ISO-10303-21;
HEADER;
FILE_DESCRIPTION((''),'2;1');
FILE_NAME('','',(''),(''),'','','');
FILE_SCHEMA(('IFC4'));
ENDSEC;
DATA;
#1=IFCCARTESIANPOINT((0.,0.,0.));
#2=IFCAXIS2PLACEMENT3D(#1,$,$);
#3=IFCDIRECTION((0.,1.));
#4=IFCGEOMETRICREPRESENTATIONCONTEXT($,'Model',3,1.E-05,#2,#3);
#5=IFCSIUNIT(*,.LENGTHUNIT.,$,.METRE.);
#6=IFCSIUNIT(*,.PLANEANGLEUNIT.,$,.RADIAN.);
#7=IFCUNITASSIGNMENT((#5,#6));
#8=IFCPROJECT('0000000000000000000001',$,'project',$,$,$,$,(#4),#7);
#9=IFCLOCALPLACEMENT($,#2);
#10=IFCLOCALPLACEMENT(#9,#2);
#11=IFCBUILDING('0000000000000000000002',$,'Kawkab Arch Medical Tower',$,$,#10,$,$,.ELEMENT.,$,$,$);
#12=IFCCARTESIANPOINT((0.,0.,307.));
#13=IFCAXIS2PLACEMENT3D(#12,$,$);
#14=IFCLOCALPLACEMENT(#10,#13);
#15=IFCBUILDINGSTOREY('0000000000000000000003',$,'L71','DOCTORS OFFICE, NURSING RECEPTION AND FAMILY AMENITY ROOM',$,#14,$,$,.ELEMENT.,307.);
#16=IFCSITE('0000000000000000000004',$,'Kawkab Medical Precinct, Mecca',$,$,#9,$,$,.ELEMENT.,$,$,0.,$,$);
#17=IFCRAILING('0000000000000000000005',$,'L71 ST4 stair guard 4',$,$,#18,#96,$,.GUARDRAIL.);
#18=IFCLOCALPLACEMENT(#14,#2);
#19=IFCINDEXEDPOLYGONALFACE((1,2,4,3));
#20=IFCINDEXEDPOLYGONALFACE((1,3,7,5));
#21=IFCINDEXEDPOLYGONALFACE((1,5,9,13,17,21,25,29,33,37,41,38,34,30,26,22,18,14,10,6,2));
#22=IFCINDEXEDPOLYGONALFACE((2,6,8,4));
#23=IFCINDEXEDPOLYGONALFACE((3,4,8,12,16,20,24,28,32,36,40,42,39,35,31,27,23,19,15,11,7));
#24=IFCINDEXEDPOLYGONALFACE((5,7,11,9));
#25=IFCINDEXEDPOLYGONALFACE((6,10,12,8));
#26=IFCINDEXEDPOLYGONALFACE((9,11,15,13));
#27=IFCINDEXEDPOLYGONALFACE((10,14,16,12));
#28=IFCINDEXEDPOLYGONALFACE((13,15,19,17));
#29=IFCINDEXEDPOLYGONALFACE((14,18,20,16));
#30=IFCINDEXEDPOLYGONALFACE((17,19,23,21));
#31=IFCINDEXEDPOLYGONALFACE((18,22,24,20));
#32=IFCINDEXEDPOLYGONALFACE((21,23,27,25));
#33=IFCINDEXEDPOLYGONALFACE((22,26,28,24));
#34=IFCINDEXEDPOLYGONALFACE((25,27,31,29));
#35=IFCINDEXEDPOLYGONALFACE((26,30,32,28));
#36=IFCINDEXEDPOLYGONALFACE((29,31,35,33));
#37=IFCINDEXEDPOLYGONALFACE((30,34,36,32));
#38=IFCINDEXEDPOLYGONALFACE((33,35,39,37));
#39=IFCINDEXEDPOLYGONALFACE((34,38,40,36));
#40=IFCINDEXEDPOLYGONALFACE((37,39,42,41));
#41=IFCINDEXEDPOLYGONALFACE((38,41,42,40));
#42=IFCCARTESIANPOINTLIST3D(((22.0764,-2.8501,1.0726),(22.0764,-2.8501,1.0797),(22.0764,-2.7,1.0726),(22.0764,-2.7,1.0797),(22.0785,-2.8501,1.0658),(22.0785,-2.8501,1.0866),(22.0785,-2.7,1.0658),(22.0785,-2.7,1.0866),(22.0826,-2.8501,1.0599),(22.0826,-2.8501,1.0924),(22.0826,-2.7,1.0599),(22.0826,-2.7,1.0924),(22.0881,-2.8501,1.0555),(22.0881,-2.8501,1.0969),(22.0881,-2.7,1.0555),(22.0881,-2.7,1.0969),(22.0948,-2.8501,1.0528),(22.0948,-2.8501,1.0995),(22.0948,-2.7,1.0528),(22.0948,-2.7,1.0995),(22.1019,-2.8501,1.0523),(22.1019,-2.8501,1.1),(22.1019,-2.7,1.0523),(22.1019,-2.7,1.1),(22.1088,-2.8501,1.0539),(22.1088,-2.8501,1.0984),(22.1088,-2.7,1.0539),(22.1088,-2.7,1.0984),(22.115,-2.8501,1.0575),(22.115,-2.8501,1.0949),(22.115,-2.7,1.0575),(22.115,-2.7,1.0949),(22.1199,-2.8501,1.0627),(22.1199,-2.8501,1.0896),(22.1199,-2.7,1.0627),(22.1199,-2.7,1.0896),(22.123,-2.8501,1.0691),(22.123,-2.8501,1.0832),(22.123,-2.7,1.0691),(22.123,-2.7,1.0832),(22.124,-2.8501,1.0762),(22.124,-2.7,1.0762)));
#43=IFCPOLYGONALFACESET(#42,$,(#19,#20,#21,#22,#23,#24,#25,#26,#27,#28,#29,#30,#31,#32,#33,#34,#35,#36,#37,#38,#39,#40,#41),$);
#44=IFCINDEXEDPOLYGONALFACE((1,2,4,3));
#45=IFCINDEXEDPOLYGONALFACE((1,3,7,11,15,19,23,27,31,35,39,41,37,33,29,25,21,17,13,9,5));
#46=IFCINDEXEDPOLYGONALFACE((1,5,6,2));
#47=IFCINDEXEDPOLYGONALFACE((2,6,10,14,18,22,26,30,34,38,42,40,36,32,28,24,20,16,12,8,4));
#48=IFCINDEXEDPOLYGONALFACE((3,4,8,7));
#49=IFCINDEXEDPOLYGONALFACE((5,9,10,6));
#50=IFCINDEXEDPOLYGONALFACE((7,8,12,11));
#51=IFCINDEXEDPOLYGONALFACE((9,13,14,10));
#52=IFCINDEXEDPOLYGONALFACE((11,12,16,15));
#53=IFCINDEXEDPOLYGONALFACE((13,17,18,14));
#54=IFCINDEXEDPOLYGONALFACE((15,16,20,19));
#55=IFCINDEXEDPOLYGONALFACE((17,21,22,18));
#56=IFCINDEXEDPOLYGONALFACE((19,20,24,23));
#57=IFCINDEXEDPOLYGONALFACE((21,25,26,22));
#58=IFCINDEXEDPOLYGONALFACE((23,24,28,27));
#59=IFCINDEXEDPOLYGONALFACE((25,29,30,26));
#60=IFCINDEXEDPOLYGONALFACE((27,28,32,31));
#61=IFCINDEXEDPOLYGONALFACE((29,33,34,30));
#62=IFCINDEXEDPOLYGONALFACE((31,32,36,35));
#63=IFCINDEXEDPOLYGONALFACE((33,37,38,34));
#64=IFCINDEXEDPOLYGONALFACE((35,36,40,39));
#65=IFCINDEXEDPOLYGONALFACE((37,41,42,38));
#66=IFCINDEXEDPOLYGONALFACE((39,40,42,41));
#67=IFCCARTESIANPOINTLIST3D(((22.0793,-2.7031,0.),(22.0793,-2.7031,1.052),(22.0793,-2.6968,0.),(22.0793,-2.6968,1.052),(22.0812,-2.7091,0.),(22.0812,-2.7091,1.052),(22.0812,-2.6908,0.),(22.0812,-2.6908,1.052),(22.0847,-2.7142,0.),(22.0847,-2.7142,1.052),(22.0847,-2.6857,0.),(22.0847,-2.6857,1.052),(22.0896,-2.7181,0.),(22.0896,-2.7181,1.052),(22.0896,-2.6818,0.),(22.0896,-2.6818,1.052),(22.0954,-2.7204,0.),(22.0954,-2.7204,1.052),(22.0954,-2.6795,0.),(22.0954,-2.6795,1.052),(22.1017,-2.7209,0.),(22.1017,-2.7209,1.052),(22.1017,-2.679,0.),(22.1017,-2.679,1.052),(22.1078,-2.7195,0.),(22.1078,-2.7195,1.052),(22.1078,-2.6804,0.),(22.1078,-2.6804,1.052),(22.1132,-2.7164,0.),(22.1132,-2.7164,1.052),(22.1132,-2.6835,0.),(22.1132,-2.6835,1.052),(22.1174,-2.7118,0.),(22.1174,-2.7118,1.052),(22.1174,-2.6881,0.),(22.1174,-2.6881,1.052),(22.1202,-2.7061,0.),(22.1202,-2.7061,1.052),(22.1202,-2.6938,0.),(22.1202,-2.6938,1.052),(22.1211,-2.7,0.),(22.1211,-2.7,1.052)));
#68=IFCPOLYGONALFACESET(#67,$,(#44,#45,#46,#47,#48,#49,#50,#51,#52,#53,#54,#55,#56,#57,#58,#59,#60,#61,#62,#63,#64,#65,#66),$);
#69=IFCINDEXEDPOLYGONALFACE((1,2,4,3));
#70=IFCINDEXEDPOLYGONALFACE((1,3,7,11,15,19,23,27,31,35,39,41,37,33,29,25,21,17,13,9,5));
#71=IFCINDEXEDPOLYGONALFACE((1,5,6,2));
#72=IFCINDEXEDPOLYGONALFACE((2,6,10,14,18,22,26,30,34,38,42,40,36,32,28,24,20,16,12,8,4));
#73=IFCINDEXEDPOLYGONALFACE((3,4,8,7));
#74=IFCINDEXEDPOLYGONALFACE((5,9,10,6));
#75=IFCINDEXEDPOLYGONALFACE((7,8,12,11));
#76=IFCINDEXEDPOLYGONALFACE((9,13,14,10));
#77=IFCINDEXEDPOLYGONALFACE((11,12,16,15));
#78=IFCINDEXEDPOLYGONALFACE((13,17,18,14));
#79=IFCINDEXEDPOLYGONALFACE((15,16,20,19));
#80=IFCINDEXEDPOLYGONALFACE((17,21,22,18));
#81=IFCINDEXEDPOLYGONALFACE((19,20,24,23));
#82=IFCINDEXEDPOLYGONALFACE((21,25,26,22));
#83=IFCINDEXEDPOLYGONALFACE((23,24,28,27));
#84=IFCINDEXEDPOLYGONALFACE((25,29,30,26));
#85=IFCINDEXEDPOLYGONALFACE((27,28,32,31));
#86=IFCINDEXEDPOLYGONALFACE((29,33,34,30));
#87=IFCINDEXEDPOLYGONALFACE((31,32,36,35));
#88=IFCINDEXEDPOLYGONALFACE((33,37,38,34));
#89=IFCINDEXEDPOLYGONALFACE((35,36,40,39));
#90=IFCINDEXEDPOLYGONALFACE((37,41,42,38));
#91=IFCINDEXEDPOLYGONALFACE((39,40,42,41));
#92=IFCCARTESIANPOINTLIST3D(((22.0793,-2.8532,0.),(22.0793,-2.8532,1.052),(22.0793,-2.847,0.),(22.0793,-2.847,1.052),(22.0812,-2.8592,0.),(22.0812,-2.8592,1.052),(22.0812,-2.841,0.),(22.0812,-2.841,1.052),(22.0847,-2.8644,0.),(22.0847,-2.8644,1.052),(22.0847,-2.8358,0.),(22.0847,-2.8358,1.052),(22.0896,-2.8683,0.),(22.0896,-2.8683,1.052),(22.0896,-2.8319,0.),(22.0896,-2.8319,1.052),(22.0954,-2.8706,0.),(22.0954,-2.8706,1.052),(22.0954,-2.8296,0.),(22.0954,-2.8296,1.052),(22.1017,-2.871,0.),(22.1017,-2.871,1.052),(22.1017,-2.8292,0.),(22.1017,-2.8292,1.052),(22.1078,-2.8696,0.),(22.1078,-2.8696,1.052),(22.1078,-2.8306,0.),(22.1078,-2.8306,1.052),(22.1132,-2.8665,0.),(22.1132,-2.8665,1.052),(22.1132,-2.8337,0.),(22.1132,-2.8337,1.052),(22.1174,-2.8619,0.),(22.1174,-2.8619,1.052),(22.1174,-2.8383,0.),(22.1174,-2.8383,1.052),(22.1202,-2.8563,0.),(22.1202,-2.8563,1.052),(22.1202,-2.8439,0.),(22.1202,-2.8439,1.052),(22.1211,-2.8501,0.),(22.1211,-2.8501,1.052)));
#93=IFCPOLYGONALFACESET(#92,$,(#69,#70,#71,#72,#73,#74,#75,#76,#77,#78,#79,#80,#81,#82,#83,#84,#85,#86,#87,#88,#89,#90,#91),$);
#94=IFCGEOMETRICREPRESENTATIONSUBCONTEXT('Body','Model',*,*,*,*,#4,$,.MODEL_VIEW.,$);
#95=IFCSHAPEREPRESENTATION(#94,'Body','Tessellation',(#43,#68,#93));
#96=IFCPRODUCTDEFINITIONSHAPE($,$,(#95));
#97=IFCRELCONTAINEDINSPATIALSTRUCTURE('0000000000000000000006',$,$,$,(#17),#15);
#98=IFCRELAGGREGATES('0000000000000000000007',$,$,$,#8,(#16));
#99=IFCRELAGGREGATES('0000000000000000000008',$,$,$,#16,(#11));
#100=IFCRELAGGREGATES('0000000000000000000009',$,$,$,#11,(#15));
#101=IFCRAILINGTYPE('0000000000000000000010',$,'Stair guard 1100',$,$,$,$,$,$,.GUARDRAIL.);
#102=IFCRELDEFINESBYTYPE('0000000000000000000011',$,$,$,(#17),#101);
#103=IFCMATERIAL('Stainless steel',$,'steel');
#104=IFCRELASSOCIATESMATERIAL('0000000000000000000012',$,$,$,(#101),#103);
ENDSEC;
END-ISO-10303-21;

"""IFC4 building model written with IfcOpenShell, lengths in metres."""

from ifc_helpers import new_model, si_unit, direction, frame, origin, origin_2d, place, context, subcontext, project, spatial, circle, extrude, material, type_object, element, save


model = new_model("IFC4")

# Units and contexts
model_context = context("Model", 3, precision=1e-05, world=origin(), true_north=direction((0.0, 1.0)))
body_context = subcontext(model_context, "Body", "Model", "MODEL_VIEW")
ifc_project = project(units=[si_unit("LENGTHUNIT", "METRE"), si_unit("PLANEANGLEUNIT", "RADIAN")], contexts=[model_context])

# Site, building, storey
site_placement = place(None, origin())
site = spatial("IfcSite", under=ifc_project, at=site_placement, Name="Kawkab Medical Precinct, Mecca", CompositionType="ELEMENT", RefElevation=0.0)
building_placement = place(site_placement, origin())
building = spatial("IfcBuilding", under=site, at=building_placement, Name="Kawkab Arch Medical Tower", CompositionType="ELEMENT")
storey_placement = place(building_placement, frame((0.0, 0.0, 307.0)))
storey = spatial("IfcBuildingStorey", under=building, at=storey_placement, Name="L71", Description="DOCTORS OFFICE, NURSING RECEPTION AND FAMILY AMENITY ROOM", CompositionType="ELEMENT", Elevation=307.0)

# Railing
ifc_material_1 = material(Name="Stainless steel", Category="steel")
railing_type_1 = type_object("IfcRailingType", Name="Stair guard 1100", PredefinedType="GUARDRAIL", material=ifc_material_1)
railing_1_placement = place(storey_placement, frame((22.1001, -2.7, 0.0)))
element("IfcRailing", 1, at=railing_1_placement, inside=storey, type_object=railing_type_1, Name="L71 ST4 stair guard 4", PredefinedType="GUARDRAIL", context=body_context, shape_type="SweptSolid", body=[
    extrude(circle(Radius=0.0239, at=origin_2d()), frame((0.0, 0.0, 1.0762), z_axis=(0.0, -1.0, 0.0), x_axis=(1.0, 0.0, 0.0)), (0.0, 0.0, 1.0), 0.1501),
    extrude(circle(Radius=0.021, at=origin_2d()), origin(), (0.0, 0.0, 1.0), 1.052),
    extrude(circle(Radius=0.021, at=origin_2d()), frame((0.0, -0.1501, 0.0)), (0.0, 0.0, 1.0), 1.052),
])

save(model, "model.ifc")
